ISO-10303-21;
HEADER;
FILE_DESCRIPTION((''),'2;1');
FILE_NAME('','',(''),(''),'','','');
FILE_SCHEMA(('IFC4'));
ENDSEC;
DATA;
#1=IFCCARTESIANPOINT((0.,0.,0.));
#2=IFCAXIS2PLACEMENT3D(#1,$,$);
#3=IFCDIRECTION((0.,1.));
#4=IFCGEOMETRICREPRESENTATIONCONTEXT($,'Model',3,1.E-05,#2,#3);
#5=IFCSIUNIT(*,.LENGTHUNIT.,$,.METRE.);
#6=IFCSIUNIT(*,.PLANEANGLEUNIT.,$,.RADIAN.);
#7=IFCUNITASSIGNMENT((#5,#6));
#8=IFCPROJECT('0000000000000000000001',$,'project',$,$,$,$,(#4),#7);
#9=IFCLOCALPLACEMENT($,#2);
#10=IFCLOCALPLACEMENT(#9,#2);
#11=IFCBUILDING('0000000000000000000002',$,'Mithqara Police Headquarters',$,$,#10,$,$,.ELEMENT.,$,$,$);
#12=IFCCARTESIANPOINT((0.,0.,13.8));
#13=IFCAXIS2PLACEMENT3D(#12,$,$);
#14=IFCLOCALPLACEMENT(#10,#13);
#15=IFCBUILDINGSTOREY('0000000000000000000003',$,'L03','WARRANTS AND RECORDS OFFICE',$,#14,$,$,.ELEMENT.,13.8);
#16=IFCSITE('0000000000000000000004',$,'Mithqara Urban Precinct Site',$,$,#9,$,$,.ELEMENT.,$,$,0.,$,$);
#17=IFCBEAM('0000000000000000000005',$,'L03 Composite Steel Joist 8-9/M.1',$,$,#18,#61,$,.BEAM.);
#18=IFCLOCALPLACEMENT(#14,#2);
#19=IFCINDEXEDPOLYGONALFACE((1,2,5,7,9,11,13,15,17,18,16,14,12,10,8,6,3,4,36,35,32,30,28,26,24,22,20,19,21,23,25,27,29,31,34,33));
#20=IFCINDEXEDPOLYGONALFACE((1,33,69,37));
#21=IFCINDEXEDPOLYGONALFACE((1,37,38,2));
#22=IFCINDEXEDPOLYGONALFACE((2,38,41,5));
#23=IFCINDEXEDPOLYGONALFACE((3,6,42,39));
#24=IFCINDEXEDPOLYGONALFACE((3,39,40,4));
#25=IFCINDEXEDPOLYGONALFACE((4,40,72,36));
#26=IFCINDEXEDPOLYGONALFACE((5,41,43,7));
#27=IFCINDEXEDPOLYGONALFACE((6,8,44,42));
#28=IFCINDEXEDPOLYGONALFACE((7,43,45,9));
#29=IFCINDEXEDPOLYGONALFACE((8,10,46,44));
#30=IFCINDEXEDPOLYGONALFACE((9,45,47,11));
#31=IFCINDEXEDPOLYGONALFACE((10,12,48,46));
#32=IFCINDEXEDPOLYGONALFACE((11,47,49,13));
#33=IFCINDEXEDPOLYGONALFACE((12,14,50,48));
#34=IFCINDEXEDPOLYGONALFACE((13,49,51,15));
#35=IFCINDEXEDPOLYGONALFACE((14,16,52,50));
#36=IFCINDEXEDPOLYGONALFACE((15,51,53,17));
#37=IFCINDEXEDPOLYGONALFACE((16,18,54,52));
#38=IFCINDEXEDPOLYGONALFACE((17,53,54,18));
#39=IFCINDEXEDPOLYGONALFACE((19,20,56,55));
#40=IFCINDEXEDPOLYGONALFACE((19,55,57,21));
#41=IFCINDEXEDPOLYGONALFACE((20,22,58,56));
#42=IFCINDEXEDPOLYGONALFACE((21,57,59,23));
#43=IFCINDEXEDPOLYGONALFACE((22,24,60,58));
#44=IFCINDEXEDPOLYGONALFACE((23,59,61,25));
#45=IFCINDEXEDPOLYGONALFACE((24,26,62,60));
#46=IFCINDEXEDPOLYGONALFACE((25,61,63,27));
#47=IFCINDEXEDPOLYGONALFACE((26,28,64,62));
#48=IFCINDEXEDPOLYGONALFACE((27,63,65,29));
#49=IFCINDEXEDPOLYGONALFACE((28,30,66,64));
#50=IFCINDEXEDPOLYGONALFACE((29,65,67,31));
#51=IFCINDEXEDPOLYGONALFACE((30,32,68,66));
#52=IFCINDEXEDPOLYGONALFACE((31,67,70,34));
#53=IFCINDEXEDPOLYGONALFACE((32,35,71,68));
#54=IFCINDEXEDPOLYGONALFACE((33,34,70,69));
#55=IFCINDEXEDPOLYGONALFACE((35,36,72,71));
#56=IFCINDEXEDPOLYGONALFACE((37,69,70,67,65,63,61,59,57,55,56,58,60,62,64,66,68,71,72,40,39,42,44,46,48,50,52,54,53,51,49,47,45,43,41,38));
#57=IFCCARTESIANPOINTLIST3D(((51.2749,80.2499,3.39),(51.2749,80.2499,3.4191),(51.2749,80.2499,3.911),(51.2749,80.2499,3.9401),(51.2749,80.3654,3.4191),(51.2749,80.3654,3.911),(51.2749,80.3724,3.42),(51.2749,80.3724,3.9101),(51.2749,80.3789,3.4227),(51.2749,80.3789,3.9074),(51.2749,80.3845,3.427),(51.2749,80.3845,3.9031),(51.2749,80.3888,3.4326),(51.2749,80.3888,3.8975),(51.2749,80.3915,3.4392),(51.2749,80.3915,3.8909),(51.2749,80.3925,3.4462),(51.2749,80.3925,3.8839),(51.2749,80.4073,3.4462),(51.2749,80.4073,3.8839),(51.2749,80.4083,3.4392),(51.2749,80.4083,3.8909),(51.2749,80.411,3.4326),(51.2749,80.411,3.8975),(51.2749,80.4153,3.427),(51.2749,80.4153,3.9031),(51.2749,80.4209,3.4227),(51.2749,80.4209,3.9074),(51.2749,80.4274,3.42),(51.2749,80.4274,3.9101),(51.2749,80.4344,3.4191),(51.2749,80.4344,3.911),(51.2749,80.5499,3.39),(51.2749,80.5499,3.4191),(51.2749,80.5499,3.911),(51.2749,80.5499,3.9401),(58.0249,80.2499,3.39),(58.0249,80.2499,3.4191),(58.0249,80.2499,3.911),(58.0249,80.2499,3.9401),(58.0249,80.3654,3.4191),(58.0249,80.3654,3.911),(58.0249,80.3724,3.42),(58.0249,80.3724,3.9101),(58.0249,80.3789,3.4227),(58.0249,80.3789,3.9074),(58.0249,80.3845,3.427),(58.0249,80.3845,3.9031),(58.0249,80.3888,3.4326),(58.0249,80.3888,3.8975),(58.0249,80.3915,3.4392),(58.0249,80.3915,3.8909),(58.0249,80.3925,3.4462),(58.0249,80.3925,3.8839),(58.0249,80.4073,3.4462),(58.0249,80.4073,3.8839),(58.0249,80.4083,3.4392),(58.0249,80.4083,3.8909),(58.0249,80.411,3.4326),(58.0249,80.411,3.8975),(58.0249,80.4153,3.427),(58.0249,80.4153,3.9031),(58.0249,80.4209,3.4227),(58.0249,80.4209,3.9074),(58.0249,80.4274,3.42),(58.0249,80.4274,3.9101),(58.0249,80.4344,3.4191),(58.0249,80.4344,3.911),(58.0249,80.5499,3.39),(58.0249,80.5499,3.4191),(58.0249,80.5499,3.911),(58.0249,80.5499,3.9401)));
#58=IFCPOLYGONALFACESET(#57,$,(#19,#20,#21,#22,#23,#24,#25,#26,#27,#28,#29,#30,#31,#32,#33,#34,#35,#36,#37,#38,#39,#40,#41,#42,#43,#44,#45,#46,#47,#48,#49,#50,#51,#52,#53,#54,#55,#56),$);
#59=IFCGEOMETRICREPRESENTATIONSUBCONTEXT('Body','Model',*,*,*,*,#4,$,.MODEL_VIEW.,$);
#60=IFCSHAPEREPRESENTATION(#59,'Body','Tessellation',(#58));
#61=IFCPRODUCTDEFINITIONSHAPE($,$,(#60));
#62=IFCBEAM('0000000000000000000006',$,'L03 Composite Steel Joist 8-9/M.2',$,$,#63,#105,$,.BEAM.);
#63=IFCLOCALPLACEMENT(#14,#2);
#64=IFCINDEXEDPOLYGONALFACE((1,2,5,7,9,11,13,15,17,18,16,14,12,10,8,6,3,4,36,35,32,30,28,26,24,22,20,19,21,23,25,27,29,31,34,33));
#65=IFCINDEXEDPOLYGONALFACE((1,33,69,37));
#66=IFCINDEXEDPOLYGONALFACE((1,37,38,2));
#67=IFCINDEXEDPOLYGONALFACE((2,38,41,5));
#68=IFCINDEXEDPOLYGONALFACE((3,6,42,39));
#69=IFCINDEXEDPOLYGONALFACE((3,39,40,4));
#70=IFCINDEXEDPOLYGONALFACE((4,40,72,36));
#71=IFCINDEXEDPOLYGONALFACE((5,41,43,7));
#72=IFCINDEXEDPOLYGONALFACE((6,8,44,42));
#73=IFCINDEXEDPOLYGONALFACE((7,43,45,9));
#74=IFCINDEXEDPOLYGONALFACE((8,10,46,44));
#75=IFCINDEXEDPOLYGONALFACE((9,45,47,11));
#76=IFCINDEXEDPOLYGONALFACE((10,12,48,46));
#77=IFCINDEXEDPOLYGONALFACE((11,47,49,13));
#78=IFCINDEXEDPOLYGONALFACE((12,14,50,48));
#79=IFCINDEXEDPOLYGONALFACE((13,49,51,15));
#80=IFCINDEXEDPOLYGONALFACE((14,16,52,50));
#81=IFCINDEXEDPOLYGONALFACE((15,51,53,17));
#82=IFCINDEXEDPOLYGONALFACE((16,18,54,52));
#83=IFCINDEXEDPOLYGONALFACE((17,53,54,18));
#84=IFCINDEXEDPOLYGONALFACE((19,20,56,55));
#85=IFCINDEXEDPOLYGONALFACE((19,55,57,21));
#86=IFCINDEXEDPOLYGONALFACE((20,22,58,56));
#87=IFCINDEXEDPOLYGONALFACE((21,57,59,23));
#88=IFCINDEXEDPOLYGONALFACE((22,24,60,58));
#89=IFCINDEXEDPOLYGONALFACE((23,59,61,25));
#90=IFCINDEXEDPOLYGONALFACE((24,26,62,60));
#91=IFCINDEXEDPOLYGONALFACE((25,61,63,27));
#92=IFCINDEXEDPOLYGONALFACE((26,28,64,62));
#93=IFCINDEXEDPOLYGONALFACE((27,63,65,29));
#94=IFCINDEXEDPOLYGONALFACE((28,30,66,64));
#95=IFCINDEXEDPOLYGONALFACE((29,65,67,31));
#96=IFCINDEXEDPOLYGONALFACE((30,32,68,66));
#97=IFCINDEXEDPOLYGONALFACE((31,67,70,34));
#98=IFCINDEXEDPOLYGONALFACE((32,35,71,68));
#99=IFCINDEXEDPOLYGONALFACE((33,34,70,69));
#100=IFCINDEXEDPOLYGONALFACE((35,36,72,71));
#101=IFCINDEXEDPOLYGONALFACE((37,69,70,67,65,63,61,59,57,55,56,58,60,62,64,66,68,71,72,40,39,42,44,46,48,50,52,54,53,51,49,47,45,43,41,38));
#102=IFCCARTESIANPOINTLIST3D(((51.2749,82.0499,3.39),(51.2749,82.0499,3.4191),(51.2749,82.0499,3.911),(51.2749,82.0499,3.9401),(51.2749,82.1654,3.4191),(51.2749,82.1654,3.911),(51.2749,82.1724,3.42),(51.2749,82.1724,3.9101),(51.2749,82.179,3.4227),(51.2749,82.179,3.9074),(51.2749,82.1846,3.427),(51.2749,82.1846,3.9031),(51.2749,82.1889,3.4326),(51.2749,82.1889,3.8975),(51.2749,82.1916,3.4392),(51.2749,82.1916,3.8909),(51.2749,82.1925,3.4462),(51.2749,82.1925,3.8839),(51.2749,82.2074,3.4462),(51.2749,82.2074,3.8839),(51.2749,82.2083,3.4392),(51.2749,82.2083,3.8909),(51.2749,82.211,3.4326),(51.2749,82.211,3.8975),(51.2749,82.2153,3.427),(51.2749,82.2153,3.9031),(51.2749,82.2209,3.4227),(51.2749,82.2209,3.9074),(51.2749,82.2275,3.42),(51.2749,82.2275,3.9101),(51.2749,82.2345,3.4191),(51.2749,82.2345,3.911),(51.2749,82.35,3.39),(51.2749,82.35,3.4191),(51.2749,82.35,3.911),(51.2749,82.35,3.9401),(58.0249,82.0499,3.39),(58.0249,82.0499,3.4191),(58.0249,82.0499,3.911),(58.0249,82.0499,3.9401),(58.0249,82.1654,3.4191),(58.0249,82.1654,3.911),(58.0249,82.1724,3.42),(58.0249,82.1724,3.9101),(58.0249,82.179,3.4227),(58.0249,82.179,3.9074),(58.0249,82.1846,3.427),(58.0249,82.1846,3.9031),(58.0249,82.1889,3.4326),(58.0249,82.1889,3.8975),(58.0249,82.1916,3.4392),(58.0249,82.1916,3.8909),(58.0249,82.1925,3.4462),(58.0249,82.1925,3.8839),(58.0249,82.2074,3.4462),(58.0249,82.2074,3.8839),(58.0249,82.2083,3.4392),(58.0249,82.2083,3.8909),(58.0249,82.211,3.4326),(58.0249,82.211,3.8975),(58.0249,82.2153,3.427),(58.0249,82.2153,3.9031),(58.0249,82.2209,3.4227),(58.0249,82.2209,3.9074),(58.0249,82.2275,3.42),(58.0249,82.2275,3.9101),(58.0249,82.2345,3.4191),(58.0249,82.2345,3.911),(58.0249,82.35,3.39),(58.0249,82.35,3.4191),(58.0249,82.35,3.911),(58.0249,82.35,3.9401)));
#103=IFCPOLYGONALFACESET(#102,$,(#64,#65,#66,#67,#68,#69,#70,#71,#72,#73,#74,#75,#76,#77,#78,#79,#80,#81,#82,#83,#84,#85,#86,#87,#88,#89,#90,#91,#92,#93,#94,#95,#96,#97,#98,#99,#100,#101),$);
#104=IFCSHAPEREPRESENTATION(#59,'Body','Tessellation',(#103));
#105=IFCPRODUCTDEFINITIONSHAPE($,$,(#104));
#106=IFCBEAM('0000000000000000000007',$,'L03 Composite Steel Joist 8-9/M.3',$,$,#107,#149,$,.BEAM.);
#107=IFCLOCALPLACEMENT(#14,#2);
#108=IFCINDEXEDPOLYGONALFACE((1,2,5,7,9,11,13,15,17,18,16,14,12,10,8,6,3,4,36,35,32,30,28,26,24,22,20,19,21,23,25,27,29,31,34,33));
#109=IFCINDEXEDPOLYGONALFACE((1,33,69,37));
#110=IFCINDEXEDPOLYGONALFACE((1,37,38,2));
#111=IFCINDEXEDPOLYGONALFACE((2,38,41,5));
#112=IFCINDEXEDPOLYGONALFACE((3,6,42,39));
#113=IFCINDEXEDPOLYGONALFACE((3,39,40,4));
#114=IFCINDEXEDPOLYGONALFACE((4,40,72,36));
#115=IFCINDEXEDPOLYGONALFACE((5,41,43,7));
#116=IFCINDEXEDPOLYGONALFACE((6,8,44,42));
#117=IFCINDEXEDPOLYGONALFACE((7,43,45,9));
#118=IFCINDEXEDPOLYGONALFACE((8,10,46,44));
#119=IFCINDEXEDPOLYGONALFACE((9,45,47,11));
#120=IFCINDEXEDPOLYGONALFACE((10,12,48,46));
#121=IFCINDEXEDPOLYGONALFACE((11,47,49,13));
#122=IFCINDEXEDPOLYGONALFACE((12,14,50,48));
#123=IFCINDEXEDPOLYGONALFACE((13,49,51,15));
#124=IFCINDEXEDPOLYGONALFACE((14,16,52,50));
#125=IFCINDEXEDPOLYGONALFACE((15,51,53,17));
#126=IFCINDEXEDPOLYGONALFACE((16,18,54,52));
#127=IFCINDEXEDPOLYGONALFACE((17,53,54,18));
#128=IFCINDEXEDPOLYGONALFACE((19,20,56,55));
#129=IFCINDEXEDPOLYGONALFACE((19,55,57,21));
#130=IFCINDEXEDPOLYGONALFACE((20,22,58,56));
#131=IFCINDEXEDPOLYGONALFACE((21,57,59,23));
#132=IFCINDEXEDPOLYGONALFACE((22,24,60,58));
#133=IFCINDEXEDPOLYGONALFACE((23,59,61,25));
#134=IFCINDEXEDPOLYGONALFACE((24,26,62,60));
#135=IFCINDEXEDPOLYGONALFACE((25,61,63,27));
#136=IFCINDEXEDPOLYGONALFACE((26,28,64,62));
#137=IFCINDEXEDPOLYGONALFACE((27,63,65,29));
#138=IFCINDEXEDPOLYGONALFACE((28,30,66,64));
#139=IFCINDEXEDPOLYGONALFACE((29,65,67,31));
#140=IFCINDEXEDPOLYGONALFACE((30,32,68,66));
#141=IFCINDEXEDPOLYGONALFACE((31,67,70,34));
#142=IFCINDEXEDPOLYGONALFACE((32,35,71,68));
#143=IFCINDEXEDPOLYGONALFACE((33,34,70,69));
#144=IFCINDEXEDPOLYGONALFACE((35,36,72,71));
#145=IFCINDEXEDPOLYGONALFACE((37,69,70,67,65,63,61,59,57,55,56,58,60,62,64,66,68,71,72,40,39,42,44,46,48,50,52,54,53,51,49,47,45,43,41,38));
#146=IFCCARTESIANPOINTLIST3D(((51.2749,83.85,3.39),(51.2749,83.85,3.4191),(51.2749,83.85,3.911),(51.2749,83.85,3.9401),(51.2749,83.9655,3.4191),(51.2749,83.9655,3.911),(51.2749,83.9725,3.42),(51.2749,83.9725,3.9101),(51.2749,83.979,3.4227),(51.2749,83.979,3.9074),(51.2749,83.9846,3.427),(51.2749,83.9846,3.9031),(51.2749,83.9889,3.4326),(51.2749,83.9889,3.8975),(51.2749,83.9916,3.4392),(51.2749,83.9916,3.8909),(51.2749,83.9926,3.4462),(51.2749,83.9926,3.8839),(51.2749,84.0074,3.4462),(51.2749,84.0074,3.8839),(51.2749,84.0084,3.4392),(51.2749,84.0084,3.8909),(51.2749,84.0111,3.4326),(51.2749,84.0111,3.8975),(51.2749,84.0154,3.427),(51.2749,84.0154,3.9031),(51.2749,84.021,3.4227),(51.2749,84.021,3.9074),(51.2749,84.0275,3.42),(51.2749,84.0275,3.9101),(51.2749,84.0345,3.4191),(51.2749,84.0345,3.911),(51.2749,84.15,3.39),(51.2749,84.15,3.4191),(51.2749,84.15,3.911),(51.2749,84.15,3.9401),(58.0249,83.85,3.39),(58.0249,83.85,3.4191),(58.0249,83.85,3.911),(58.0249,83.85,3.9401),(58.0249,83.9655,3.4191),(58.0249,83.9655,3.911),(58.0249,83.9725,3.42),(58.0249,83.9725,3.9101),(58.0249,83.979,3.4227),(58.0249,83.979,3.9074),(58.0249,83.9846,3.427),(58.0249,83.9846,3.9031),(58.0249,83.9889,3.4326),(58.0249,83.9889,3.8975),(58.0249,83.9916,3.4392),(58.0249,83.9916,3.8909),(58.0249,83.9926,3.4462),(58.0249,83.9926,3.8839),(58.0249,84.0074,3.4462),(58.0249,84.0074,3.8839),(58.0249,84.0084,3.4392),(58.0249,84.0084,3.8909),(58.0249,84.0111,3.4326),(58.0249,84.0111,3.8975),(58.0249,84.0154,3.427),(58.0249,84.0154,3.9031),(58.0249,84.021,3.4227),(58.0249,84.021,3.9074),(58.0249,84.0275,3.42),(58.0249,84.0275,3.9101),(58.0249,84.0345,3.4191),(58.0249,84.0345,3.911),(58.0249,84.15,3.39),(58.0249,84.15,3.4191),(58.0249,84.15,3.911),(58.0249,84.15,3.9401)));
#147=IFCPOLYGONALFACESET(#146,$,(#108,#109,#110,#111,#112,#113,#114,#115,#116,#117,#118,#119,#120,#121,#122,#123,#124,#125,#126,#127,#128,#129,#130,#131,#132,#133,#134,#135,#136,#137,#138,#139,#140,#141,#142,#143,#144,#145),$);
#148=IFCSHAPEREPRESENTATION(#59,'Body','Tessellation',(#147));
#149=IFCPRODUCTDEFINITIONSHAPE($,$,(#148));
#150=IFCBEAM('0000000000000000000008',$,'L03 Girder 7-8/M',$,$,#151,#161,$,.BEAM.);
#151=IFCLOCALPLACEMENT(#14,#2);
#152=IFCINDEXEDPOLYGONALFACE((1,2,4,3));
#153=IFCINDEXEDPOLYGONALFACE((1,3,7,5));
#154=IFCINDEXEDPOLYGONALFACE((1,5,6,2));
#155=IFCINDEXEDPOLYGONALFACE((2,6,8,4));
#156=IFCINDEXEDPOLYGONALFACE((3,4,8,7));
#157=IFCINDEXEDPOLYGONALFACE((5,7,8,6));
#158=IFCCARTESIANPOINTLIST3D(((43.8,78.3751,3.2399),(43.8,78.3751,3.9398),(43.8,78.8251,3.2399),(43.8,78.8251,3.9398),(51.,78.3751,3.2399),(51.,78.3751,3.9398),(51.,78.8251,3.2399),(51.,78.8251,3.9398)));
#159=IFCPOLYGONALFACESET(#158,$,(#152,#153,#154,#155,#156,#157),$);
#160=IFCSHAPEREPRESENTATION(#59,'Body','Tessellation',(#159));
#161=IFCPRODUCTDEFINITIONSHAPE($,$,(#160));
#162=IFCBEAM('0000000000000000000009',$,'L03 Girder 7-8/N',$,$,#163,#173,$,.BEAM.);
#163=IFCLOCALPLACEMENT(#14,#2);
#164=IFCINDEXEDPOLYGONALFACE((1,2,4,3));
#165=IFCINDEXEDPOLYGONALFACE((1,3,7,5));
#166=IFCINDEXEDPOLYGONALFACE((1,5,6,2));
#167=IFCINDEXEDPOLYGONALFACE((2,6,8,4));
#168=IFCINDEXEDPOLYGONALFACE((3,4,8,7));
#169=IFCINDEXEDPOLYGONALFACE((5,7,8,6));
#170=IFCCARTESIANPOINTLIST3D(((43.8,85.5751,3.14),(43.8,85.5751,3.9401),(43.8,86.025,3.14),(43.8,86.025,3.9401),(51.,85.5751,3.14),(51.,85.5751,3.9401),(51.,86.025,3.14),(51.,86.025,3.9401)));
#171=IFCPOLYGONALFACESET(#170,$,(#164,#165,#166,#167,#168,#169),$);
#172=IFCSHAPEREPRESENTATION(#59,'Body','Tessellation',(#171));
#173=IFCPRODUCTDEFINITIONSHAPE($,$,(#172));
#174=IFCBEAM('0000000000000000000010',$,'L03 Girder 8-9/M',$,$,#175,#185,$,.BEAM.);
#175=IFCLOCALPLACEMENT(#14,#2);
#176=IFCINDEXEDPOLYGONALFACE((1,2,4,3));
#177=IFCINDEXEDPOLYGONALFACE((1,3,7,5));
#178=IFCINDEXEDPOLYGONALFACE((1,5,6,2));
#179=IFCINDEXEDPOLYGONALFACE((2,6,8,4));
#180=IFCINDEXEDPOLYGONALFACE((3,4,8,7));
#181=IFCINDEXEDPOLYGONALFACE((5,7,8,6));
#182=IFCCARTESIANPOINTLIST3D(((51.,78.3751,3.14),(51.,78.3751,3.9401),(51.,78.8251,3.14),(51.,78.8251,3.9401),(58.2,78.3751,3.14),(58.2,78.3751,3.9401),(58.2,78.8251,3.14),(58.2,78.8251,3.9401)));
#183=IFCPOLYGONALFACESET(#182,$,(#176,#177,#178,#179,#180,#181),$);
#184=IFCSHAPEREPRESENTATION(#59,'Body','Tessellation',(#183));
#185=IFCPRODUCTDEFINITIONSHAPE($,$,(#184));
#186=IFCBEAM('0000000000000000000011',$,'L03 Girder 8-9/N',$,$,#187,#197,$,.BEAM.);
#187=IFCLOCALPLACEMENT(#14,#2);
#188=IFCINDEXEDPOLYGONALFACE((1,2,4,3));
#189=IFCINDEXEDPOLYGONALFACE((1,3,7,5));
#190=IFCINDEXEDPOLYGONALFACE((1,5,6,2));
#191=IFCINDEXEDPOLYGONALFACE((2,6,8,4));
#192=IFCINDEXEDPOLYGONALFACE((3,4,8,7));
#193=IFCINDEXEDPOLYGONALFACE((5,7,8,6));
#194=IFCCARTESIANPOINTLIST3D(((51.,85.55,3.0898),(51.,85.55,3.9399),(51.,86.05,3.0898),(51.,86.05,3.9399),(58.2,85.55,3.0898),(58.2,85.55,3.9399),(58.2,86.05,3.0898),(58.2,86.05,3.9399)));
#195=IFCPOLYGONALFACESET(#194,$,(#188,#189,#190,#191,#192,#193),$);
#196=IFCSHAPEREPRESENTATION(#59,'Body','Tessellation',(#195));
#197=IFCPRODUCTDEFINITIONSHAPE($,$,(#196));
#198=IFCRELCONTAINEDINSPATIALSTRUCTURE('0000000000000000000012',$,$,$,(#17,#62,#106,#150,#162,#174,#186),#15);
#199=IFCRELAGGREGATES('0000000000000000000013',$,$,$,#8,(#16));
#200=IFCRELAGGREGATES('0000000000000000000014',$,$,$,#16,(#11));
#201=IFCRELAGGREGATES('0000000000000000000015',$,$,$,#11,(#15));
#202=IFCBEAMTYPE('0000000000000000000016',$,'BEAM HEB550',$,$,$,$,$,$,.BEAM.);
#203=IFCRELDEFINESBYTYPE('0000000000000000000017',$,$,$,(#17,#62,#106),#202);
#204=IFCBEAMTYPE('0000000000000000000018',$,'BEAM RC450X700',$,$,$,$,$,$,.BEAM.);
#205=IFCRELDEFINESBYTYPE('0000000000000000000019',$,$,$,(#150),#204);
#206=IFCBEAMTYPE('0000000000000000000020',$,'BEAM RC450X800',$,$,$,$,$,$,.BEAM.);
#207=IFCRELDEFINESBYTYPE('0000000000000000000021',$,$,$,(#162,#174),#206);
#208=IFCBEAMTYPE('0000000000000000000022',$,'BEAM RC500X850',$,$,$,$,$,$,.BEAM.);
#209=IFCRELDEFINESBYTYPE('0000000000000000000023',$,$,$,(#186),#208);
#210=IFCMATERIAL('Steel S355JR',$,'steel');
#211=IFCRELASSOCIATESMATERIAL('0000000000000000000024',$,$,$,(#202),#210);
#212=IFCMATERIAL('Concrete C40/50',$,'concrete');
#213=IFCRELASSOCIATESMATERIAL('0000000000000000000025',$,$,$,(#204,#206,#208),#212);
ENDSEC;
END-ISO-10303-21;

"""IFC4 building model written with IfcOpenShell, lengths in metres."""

from ifc_helpers import new_model, si_unit, direction, frame, origin, origin_2d, place, context, subcontext, project, spatial, rectangle, i_section, extrude, material, material_profile, profile_set, type_object, element, save


model = new_model("IFC4")

# Units and contexts
model_context = context("Model", 3, precision=1e-05, world=origin(), true_north=direction((0.0, 1.0)))
body_context = subcontext(model_context, "Body", "Model", "MODEL_VIEW")
ifc_project = project(units=[si_unit("LENGTHUNIT", "METRE"), si_unit("PLANEANGLEUNIT", "RADIAN")], contexts=[model_context])

# Site, building, storey
site_placement = place(None, origin())
site = spatial("IfcSite", under=ifc_project, at=site_placement, Name="Mithqara Urban Precinct Site", CompositionType="ELEMENT", RefElevation=0.0)
building_placement = place(site_placement, origin())
building = spatial("IfcBuilding", under=site, at=building_placement, Name="Mithqara Police Headquarters", CompositionType="ELEMENT")
storey_placement = place(building_placement, frame((0.0, 0.0, 13.8)))
storey = spatial("IfcBuildingStorey", under=building, at=storey_placement, Name="L03", Description="WARRANTS AND RECORDS OFFICE", CompositionType="ELEMENT", Elevation=13.8)

# Beams
ifc_material_1 = material(Name="Steel S355JR", Category="steel")
ifc_material_profile_1 = material_profile(ifc_material_1, i_section(OverallWidth=0.3, OverallDepth=0.55, WebThickness=0.0149, FlangeThickness=0.0291, FilletRadius=0.0271, at=origin_2d()), Name="HEB 550")
ifc_profile_set_1 = profile_set([ifc_material_profile_1], Name="Steel S355JR")
beam_type_1 = type_object("IfcBeamType", Name="BEAM HEB550", PredefinedType="BEAM", material=ifc_profile_set_1)
for number, where, z_axis, x_axis, name in (
    (1, (51.2749, 80.3999, 3.665), (1.0, 0.0, 0.0), (0.0, 1.0, 0.0), "L03 Composite Steel Joist 8-9/M.1"),
    (2, (51.2749, 82.2, 3.665), (1.0, 0.0, 0.0), (0.0, 1.0, 0.0), "L03 Composite Steel Joist 8-9/M.2"),
    (3, (51.2749, 84.0, 3.665), (1.0, 0.0, 0.0), (0.0, 1.0, 0.0), "L03 Composite Steel Joist 8-9/M.3"),
):
    element("IfcBeam", number, at=place(storey_placement, frame(where, z_axis=z_axis, x_axis=x_axis)), inside=storey, type_object=beam_type_1, Name=name, PredefinedType="BEAM", context=body_context, shape_type="SweptSolid", body=[
        extrude(i_section(OverallWidth=0.3, OverallDepth=0.55, WebThickness=0.0149, FlangeThickness=0.0291, FilletRadius=0.0271, at=origin_2d()), origin(), (0.0, 0.0, 1.0), 6.75),
    ])
ifc_material_2 = material(Name="Concrete C40/50", Category="concrete")
ifc_material_profile_2 = material_profile(ifc_material_2, rectangle(XDim=0.45, YDim=0.7, at=origin_2d()), Name="RC 450x700")
ifc_profile_set_2 = profile_set([ifc_material_profile_2], Name="Concrete C40/50")
beam_type_2 = type_object("IfcBeamType", Name="BEAM RC450X700", PredefinedType="BEAM", material=ifc_profile_set_2)
beam_1_placement = place(storey_placement, frame((43.8, 78.6001, 3.5898), z_axis=(1.0, 0.0, 0.0), x_axis=(0.0, 1.0, 0.0)))
element("IfcBeam", 4, at=beam_1_placement, inside=storey, type_object=beam_type_2, Name="L03 Girder 7-8/M", PredefinedType="BEAM", context=body_context, shape_type="SweptSolid", body=[
    extrude(rectangle(XDim=0.45, YDim=0.7, at=origin_2d()), origin(), (0.0, 0.0, 1.0), 7.2),
])
ifc_material_profile_3 = material_profile(ifc_material_2, rectangle(XDim=0.45, YDim=0.8, at=origin_2d()), Name="RC 450x800")
ifc_profile_set_3 = profile_set([ifc_material_profile_3], Name="Concrete C40/50")
beam_type_3 = type_object("IfcBeamType", Name="BEAM RC450X800", PredefinedType="BEAM", material=ifc_profile_set_3)
for number, where, z_axis, x_axis, name in (
    (5, (43.8, 85.8, 3.54), (1.0, 0.0, 0.0), (0.0, 1.0, 0.0), "L03 Girder 7-8/N"),
    (6, (51.0, 78.6001, 3.54), (1.0, 0.0, 0.0), (0.0, 1.0, 0.0), "L03 Girder 8-9/M"),
):
    element("IfcBeam", number, at=place(storey_placement, frame(where, z_axis=z_axis, x_axis=x_axis)), inside=storey, type_object=beam_type_3, Name=name, PredefinedType="BEAM", context=body_context, shape_type="SweptSolid", body=[
        extrude(rectangle(XDim=0.45, YDim=0.8, at=origin_2d()), origin(), (0.0, 0.0, 1.0), 7.2),
    ])
ifc_material_profile_4 = material_profile(ifc_material_2, rectangle(XDim=0.5, YDim=0.8501, at=origin_2d()), Name="RC 500x850")
ifc_profile_set_4 = profile_set([ifc_material_profile_4], Name="Concrete C40/50")
beam_type_4 = type_object("IfcBeamType", Name="BEAM RC500X850", PredefinedType="BEAM", material=ifc_profile_set_4)
beam_2_placement = place(storey_placement, frame((51.0, 85.8, 3.5149), z_axis=(1.0, 0.0, 0.0), x_axis=(0.0, 1.0, 0.0)))
element("IfcBeam", 7, at=beam_2_placement, inside=storey, type_object=beam_type_4, Name="L03 Girder 8-9/N", PredefinedType="BEAM", context=body_context, shape_type="SweptSolid", body=[
    extrude(rectangle(XDim=0.5, YDim=0.8501, at=origin_2d()), origin(), (0.0, 0.0, 1.0), 7.2),
])

save(model, "model.ifc")
